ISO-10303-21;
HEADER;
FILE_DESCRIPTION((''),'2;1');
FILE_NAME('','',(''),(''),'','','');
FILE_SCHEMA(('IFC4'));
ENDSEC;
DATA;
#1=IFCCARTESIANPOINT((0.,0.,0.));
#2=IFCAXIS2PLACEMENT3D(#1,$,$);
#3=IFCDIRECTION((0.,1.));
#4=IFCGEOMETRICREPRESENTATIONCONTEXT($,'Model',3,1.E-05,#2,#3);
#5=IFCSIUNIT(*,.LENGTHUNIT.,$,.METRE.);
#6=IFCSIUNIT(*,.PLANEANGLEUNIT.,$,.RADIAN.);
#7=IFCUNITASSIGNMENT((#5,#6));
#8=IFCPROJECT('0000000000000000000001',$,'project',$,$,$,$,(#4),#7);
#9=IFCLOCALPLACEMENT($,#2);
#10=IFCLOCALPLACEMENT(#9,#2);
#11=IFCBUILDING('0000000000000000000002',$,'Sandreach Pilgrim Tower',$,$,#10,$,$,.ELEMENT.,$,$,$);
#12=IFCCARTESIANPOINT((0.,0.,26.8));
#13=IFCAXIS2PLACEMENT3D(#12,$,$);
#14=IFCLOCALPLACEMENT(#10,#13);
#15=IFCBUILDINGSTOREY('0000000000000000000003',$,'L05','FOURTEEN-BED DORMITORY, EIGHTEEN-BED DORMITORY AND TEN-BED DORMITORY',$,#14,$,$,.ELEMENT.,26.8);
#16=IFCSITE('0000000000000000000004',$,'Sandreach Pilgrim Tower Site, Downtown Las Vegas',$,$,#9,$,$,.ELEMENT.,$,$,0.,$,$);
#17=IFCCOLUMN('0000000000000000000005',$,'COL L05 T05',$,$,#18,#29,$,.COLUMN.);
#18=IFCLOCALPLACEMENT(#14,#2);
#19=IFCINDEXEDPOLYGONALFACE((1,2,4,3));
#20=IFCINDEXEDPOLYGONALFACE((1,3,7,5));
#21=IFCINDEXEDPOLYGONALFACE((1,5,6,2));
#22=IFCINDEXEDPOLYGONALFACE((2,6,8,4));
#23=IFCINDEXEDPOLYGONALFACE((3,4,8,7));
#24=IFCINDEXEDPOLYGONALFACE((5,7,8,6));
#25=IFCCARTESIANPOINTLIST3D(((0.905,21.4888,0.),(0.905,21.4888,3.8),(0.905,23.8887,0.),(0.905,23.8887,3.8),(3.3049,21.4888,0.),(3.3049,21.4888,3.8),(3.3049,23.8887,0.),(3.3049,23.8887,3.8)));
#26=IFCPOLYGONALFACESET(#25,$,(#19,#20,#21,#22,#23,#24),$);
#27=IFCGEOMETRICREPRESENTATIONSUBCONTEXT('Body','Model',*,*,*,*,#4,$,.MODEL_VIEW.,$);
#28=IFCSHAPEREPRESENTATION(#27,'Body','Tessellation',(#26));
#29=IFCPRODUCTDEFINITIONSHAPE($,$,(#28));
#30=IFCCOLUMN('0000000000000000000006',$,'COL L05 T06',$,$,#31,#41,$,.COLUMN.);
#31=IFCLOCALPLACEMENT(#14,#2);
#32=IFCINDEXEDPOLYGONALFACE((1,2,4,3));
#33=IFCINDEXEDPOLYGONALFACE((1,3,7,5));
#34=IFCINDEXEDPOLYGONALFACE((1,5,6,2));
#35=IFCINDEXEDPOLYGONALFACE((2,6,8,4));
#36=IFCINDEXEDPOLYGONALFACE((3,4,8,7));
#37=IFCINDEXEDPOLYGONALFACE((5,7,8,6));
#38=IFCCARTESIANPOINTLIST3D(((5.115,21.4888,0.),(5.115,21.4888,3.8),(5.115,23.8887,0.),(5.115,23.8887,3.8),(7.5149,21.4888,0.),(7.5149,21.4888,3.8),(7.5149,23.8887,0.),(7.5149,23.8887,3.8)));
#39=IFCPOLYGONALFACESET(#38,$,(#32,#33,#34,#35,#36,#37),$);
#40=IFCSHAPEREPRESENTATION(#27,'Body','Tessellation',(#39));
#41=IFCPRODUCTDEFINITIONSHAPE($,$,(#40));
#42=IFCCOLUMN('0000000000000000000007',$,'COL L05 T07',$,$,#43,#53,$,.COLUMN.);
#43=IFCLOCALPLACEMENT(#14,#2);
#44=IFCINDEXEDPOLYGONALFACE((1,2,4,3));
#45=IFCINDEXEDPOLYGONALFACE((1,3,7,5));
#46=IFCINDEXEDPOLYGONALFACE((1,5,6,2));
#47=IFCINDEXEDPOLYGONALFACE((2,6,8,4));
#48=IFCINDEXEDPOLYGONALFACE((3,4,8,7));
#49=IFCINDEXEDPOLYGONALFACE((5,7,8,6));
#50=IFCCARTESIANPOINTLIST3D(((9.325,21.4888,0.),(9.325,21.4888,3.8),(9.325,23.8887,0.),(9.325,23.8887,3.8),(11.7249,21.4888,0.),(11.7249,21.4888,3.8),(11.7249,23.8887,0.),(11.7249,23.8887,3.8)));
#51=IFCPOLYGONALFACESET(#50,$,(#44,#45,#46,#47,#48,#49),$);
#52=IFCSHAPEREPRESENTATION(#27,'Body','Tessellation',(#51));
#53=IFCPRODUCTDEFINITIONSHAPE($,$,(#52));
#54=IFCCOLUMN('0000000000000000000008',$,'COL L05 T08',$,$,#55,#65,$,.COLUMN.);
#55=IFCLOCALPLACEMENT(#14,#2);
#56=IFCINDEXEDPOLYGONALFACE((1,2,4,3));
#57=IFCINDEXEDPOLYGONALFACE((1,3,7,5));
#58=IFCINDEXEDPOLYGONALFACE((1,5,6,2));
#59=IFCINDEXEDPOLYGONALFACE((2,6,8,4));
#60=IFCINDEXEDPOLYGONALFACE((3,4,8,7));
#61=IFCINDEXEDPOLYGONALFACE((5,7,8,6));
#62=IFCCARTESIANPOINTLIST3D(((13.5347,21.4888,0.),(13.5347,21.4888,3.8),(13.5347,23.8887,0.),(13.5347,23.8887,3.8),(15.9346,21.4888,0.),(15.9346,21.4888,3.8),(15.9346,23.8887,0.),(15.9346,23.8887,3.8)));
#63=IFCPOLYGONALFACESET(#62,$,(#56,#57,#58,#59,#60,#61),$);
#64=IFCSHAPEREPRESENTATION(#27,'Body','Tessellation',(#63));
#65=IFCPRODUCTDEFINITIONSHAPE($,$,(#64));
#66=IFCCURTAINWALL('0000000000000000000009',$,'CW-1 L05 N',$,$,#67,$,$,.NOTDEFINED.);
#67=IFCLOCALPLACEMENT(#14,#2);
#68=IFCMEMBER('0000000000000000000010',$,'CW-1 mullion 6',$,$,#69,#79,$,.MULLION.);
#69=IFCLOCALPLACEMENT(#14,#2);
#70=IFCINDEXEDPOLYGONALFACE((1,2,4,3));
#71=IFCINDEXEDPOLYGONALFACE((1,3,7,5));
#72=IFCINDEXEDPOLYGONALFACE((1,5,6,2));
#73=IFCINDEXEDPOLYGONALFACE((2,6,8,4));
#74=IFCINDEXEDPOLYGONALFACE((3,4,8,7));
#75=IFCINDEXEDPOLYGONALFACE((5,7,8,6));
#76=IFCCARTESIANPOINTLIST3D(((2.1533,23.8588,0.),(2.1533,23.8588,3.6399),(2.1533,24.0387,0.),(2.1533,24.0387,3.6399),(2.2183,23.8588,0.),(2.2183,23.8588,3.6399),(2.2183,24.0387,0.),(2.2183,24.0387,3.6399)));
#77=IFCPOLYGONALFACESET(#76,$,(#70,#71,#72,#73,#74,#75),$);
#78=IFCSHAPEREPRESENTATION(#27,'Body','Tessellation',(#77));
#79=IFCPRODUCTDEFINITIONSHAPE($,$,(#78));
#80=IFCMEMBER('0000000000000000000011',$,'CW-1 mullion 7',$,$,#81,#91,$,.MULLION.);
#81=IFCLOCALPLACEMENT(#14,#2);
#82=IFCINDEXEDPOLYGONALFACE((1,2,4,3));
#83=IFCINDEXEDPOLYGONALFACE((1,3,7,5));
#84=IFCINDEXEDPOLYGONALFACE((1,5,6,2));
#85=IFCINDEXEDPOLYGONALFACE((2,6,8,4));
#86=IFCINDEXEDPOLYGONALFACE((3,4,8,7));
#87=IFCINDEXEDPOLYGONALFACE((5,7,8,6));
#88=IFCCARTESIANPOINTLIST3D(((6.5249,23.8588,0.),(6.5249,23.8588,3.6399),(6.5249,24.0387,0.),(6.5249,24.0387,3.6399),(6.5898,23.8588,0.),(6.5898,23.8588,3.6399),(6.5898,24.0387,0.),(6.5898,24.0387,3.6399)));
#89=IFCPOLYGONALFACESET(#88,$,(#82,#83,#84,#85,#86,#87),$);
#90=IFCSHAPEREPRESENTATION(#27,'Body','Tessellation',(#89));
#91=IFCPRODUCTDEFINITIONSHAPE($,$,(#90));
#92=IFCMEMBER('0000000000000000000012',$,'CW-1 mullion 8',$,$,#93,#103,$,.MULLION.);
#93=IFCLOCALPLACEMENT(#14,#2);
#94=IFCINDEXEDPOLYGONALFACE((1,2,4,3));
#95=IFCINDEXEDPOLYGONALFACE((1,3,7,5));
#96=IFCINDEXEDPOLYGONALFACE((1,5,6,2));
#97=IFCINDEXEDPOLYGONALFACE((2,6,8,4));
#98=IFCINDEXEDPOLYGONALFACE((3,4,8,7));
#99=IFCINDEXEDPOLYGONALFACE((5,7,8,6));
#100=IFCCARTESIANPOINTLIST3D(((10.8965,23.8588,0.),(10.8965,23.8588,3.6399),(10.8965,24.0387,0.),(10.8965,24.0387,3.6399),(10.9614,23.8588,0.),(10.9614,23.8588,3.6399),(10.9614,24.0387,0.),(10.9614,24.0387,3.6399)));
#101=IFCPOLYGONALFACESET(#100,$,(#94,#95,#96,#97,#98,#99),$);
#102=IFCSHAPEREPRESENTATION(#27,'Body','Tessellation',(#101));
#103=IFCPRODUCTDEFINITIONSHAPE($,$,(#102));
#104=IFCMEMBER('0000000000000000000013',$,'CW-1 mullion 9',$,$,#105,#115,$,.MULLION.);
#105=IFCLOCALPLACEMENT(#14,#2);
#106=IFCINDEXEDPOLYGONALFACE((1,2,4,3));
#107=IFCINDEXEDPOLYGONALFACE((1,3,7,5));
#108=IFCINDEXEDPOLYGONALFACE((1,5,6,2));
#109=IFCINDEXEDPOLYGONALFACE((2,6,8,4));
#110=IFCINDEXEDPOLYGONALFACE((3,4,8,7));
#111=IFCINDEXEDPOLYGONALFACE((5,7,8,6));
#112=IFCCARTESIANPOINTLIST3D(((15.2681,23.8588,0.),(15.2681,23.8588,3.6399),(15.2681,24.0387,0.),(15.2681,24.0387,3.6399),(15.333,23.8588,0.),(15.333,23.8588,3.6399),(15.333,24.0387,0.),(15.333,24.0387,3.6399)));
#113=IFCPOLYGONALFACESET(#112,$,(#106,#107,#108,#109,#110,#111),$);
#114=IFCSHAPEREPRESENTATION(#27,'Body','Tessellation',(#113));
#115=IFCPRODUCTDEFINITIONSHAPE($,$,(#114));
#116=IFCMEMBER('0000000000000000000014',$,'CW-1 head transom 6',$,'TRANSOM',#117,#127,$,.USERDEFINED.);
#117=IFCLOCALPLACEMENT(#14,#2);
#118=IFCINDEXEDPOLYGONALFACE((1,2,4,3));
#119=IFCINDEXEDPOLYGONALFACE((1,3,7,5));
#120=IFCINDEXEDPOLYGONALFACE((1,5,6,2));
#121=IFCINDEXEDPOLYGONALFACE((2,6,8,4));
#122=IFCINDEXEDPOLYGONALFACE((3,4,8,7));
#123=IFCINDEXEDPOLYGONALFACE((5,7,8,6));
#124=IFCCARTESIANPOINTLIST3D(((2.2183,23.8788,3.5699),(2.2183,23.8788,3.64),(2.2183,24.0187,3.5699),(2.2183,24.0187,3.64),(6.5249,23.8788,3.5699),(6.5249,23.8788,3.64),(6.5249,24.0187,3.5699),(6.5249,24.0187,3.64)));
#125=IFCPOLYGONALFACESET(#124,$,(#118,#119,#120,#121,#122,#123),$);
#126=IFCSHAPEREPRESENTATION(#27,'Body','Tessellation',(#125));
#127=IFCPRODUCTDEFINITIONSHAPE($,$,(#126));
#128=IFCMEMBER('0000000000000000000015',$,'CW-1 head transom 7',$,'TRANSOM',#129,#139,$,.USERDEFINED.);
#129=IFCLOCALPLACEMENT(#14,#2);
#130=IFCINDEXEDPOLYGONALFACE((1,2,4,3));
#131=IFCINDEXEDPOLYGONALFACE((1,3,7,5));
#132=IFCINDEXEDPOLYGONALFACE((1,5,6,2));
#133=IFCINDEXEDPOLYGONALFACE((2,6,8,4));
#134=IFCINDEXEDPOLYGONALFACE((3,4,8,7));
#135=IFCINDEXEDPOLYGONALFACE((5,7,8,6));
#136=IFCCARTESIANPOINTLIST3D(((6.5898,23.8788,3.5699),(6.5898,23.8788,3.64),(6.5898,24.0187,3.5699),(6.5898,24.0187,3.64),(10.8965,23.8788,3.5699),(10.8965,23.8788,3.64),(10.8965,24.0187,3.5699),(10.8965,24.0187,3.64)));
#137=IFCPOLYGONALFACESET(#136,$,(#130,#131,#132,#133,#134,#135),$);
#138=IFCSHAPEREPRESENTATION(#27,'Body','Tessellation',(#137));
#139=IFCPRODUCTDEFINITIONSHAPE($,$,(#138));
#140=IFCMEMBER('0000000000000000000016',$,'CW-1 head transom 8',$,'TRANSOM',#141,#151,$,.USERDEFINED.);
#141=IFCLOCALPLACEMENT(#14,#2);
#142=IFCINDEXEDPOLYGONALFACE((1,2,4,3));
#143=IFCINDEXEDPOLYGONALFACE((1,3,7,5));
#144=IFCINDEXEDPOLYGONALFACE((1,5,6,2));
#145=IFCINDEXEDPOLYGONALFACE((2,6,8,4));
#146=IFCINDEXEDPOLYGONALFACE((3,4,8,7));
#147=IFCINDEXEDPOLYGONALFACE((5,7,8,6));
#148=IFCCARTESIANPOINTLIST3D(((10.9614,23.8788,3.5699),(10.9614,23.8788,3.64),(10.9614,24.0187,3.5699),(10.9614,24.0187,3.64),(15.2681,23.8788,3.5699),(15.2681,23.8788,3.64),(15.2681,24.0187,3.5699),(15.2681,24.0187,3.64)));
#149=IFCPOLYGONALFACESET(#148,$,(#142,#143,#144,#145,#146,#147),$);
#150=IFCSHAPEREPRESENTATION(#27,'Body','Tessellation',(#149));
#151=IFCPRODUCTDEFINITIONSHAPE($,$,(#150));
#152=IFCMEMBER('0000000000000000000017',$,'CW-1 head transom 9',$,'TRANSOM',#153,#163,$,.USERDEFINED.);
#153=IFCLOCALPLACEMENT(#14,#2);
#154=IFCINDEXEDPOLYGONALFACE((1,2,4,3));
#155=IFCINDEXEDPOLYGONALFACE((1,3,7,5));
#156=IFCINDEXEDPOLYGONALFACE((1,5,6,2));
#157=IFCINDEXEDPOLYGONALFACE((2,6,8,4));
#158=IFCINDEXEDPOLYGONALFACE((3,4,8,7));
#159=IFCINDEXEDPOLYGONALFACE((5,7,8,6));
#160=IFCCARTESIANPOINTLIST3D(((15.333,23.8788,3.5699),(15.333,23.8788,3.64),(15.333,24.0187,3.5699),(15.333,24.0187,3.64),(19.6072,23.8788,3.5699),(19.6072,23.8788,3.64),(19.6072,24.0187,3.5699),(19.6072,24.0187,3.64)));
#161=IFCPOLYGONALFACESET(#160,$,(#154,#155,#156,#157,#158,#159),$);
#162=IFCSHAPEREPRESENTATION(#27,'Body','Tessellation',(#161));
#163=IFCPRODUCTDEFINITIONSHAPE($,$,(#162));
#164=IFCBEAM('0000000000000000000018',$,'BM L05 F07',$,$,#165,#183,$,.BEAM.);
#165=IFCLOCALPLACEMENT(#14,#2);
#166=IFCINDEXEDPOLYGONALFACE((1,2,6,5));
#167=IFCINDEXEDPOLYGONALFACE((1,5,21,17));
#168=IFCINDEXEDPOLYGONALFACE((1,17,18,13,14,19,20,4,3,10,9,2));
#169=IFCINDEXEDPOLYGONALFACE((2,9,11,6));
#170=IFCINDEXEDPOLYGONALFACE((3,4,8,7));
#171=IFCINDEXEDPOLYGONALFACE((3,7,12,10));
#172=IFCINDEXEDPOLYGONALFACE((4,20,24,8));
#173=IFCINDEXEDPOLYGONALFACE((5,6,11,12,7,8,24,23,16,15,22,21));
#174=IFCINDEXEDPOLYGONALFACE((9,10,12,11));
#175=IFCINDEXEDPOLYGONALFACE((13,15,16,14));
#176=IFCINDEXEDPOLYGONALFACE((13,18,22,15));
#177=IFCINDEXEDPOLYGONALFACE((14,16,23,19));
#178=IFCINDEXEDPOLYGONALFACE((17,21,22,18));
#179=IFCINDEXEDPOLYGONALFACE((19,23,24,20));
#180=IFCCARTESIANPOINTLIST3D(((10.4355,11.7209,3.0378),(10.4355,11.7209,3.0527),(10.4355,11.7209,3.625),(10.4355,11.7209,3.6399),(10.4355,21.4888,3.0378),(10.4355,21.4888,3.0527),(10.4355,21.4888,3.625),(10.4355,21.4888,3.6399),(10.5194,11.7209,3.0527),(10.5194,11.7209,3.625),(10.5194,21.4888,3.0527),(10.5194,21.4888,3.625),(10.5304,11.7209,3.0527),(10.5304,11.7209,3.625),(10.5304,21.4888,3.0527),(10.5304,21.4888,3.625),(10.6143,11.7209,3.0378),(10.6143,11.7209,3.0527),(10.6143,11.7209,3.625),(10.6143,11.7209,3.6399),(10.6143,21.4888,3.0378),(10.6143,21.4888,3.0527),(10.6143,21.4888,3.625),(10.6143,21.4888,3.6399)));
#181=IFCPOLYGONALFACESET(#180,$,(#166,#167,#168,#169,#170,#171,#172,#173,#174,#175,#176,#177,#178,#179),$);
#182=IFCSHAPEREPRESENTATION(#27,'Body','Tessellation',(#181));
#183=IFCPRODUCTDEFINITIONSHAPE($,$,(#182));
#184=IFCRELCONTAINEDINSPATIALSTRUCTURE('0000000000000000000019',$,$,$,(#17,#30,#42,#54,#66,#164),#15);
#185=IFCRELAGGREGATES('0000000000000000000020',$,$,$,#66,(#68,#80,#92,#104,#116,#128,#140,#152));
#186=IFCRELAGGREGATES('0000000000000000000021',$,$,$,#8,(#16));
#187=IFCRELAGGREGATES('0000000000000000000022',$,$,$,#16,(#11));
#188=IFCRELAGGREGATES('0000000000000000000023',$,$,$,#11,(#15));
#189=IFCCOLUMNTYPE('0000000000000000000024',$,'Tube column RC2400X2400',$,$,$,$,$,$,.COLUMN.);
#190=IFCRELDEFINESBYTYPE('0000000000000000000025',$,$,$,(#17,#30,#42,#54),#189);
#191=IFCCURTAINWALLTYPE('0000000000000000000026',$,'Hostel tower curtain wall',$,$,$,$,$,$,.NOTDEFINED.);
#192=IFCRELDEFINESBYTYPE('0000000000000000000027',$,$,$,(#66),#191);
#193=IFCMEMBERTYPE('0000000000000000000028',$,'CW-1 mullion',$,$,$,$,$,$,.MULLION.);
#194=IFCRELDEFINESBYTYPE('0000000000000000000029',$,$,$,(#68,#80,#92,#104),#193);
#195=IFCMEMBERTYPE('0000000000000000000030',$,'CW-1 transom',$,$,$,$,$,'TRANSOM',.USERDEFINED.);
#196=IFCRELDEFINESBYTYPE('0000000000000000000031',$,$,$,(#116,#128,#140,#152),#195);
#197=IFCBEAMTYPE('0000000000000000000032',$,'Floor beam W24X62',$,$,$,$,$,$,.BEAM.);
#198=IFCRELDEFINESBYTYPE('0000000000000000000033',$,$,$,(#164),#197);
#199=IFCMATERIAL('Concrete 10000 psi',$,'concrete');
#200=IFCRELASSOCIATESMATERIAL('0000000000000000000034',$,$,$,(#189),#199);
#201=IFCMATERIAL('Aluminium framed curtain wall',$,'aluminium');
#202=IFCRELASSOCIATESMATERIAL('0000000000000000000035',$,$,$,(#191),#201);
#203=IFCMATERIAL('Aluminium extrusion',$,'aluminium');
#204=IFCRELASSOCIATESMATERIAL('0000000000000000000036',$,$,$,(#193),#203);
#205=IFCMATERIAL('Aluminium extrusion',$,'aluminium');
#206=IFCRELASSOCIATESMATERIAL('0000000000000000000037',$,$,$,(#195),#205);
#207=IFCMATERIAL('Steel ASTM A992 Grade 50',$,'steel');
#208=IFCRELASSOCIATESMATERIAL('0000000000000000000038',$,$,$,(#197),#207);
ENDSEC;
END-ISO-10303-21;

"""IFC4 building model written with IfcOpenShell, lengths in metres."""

from ifc_helpers import new_model, si_unit, direction, frame, origin, origin_2d, place, context, subcontext, project, spatial, rectangle, i_section, extrude, material, material_profile, profile_set, type_object, element, aggregate, save


model = new_model("IFC4")

# Units and contexts
model_context = context("Model", 3, precision=1e-05, world=origin(), true_north=direction((0.0, 1.0)))
body_context = subcontext(model_context, "Body", "Model", "MODEL_VIEW")
ifc_project = project(units=[si_unit("LENGTHUNIT", "METRE"), si_unit("PLANEANGLEUNIT", "RADIAN")], contexts=[model_context])

# Site, building, storey
site_placement = place(None, origin())
site = spatial("IfcSite", under=ifc_project, at=site_placement, Name="Sandreach Pilgrim Tower Site, Downtown Las Vegas", CompositionType="ELEMENT", RefElevation=0.0)
building_placement = place(site_placement, origin())
building = spatial("IfcBuilding", under=site, at=building_placement, Name="Sandreach Pilgrim Tower", CompositionType="ELEMENT")
storey_placement = place(building_placement, frame((0.0, 0.0, 26.8)))
storey = spatial("IfcBuildingStorey", under=building, at=storey_placement, Name="L05", Description="FOURTEEN-BED DORMITORY, EIGHTEEN-BED DORMITORY AND TEN-BED DORMITORY", CompositionType="ELEMENT", Elevation=26.8)

# Columns
ifc_material_1 = material(Name="Concrete 10000 psi", Category="concrete")
ifc_material_profile_1 = material_profile(ifc_material_1, rectangle(XDim=2.3999, YDim=2.3999, at=origin_2d()), Name="RC2400X2400")
ifc_profile_set_1 = profile_set([ifc_material_profile_1], Name="Concrete 10000 psi")
column_type = type_object("IfcColumnType", Name="Tube column RC2400X2400", PredefinedType="COLUMN", material=ifc_profile_set_1)
for number, where, z_axis, x_axis, name in (
    (1, (2.105, 22.6887, 0.0), (0.0, 0.0, 1.0), (0.0, 1.0, 0.0), "COL L05 T05"),
    (2, (6.3149, 22.6887, 0.0), (0.0, 0.0, 1.0), (0.0, 1.0, 0.0), "COL L05 T06"),
    (3, (10.5249, 22.6887, 0.0), (0.0, 0.0, 1.0), (0.0, 1.0, 0.0), "COL L05 T07"),
    (4, (14.7346, 22.6887, 0.0), (0.0, 0.0, 1.0), (0.0, 1.0, 0.0), "COL L05 T08"),
):
    element("IfcColumn", number, at=place(storey_placement, frame(where, z_axis=z_axis, x_axis=x_axis)), inside=storey, type_object=column_type, Name=name, PredefinedType="COLUMN", context=body_context, shape_type="SweptSolid", body=[
        extrude(rectangle(XDim=2.3999, YDim=2.3999, at=origin_2d()), origin(), (0.0, 0.0, 1.0), 3.8),
    ])

# Curtain wall, members
ifc_material_2 = material(Name="Aluminium framed curtain wall", Category="aluminium")
curtain_wall_type = type_object("IfcCurtainWallType", Name="Hostel tower curtain wall", PredefinedType="NOTDEFINED", material=ifc_material_2)
curtain_wall_placement = place(storey_placement, origin())
curtain_wall = element("IfcCurtainWall", 5, at=curtain_wall_placement, inside=storey, type_object=curtain_wall_type, Name="CW-1 L05 N", PredefinedType="NOTDEFINED")
ifc_material_3 = material(Name="Aluminium extrusion", Category="aluminium")
ifc_material_profile_2 = material_profile(ifc_material_3, rectangle(XDim=0.0649, YDim=0.1799, at=origin_2d()), Name="CW-1M 65X180")
ifc_profile_set_2 = profile_set([ifc_material_profile_2], Name="Aluminium extrusion")
member_type_1 = type_object("IfcMemberType", Name="CW-1 mullion", PredefinedType="MULLION", material=ifc_profile_set_2)
member_1_placement = place(storey_placement, frame((2.1858, 23.9487, 0.0), z_axis=(0.0, 0.0, 1.0), x_axis=(1.0, 0.0, 0.0)))
member_1 = element("IfcMember", 6, at=member_1_placement, type_object=member_type_1, Name="CW-1 mullion 6", PredefinedType="MULLION", context=body_context, shape_type="SweptSolid", body=[
    extrude(rectangle(XDim=0.0649, YDim=0.1799, at=origin_2d()), origin(), (0.0, 0.0, 1.0), 3.6399),
])
member_2_placement = place(storey_placement, frame((6.5574, 23.9487, 0.0), z_axis=(0.0, 0.0, 1.0), x_axis=(1.0, 0.0, 0.0)))
member_2 = element("IfcMember", 7, at=member_2_placement, type_object=member_type_1, Name="CW-1 mullion 7", PredefinedType="MULLION", context=body_context, shape_type="SweptSolid", body=[
    extrude(rectangle(XDim=0.0649, YDim=0.1799, at=origin_2d()), origin(), (0.0, 0.0, 1.0), 3.6399),
])
member_3_placement = place(storey_placement, frame((10.929, 23.9487, 0.0), z_axis=(0.0, 0.0, 1.0), x_axis=(1.0, 0.0, 0.0)))
member_3 = element("IfcMember", 8, at=member_3_placement, type_object=member_type_1, Name="CW-1 mullion 8", PredefinedType="MULLION", context=body_context, shape_type="SweptSolid", body=[
    extrude(rectangle(XDim=0.0649, YDim=0.1799, at=origin_2d()), origin(), (0.0, 0.0, 1.0), 3.6399),
])
member_4_placement = place(storey_placement, frame((15.3005, 23.9487, 0.0), z_axis=(0.0, 0.0, 1.0), x_axis=(1.0, 0.0, 0.0)))
member_4 = element("IfcMember", 9, at=member_4_placement, type_object=member_type_1, Name="CW-1 mullion 9", PredefinedType="MULLION", context=body_context, shape_type="SweptSolid", body=[
    extrude(rectangle(XDim=0.0649, YDim=0.1799, at=origin_2d()), origin(), (0.0, 0.0, 1.0), 3.6399),
])
ifc_material_4 = material(Name="Aluminium extrusion", Category="aluminium")
ifc_material_profile_3 = material_profile(ifc_material_4, rectangle(XDim=0.1399, YDim=0.0701, at=origin_2d()), Name="CW-1T 140X70")
ifc_profile_set_3 = profile_set([ifc_material_profile_3], Name="Aluminium extrusion")
member_type_2 = type_object("IfcMemberType", Name="CW-1 transom", ElementType="TRANSOM", PredefinedType="USERDEFINED", material=ifc_profile_set_3)
member_5_placement = place(storey_placement, frame((2.2183, 23.9487, 3.605), z_axis=(1.0, 0.0, 0.0), x_axis=(0.0, 1.0, 0.0)))
member_5 = element("IfcMember", 10, at=member_5_placement, type_object=member_type_2, Name="CW-1 head transom 6", ObjectType="TRANSOM", PredefinedType="USERDEFINED", context=body_context, shape_type="SweptSolid", body=[
    extrude(rectangle(XDim=0.1399, YDim=0.0701, at=origin_2d()), origin(), (0.0, 0.0, 1.0), 4.3066),
])
member_6_placement = place(storey_placement, frame((6.5898, 23.9487, 3.605), z_axis=(1.0, 0.0, 0.0), x_axis=(0.0, 1.0, 0.0)))
member_6 = element("IfcMember", 11, at=member_6_placement, type_object=member_type_2, Name="CW-1 head transom 7", ObjectType="TRANSOM", PredefinedType="USERDEFINED", context=body_context, shape_type="SweptSolid", body=[
    extrude(rectangle(XDim=0.1399, YDim=0.0701, at=origin_2d()), origin(), (0.0, 0.0, 1.0), 4.3066),
])
member_7_placement = place(storey_placement, frame((10.9614, 23.9487, 3.605), z_axis=(1.0, 0.0, 0.0), x_axis=(0.0, 1.0, 0.0)))
member_7 = element("IfcMember", 12, at=member_7_placement, type_object=member_type_2, Name="CW-1 head transom 8", ObjectType="TRANSOM", PredefinedType="USERDEFINED", context=body_context, shape_type="SweptSolid", body=[
    extrude(rectangle(XDim=0.1399, YDim=0.0701, at=origin_2d()), origin(), (0.0, 0.0, 1.0), 4.3066),
])
member_8_placement = place(storey_placement, frame((15.333, 23.9487, 3.605), z_axis=(1.0, 0.0, 0.0), x_axis=(0.0, 1.0, 0.0)))
member_8 = element("IfcMember", 13, at=member_8_placement, type_object=member_type_2, Name="CW-1 head transom 9", ObjectType="TRANSOM", PredefinedType="USERDEFINED", context=body_context, shape_type="SweptSolid", body=[
    extrude(rectangle(XDim=0.1399, YDim=0.0701, at=origin_2d()), origin(), (0.0, 0.0, 1.0), 4.2742),
])

# Beam
ifc_material_5 = material(Name="Steel ASTM A992 Grade 50", Category="steel")
ifc_material_profile_4 = material_profile(ifc_material_5, i_section(OverallWidth=0.1787, OverallDepth=0.6021, WebThickness=0.011, FlangeThickness=0.0149, at=origin_2d()), Name="W24X62")
ifc_profile_set_4 = profile_set([ifc_material_profile_4], Name="Steel ASTM A992 Grade 50")
beam_type_1 = type_object("IfcBeamType", Name="Floor beam W24X62", PredefinedType="BEAM", material=ifc_profile_set_4)
beam_1_placement = place(storey_placement, frame((10.5249, 21.4888, 3.3389), z_axis=(0.0, -1.0, 0.0), x_axis=(1.0, 0.0, 0.0)))
element("IfcBeam", 14, at=beam_1_placement, inside=storey, type_object=beam_type_1, Name="BM L05 F07", PredefinedType="BEAM", context=body_context, shape_type="SweptSolid", body=[
    extrude(i_section(OverallWidth=0.1787, OverallDepth=0.6021, WebThickness=0.011, FlangeThickness=0.0149, at=origin_2d()), origin(), (0.0, 0.0, 1.0), 9.7678),
])

aggregate(curtain_wall, [member_1, member_2, member_3, member_4, member_5, member_6, member_7, member_8])

save(model, "model.ifc")
